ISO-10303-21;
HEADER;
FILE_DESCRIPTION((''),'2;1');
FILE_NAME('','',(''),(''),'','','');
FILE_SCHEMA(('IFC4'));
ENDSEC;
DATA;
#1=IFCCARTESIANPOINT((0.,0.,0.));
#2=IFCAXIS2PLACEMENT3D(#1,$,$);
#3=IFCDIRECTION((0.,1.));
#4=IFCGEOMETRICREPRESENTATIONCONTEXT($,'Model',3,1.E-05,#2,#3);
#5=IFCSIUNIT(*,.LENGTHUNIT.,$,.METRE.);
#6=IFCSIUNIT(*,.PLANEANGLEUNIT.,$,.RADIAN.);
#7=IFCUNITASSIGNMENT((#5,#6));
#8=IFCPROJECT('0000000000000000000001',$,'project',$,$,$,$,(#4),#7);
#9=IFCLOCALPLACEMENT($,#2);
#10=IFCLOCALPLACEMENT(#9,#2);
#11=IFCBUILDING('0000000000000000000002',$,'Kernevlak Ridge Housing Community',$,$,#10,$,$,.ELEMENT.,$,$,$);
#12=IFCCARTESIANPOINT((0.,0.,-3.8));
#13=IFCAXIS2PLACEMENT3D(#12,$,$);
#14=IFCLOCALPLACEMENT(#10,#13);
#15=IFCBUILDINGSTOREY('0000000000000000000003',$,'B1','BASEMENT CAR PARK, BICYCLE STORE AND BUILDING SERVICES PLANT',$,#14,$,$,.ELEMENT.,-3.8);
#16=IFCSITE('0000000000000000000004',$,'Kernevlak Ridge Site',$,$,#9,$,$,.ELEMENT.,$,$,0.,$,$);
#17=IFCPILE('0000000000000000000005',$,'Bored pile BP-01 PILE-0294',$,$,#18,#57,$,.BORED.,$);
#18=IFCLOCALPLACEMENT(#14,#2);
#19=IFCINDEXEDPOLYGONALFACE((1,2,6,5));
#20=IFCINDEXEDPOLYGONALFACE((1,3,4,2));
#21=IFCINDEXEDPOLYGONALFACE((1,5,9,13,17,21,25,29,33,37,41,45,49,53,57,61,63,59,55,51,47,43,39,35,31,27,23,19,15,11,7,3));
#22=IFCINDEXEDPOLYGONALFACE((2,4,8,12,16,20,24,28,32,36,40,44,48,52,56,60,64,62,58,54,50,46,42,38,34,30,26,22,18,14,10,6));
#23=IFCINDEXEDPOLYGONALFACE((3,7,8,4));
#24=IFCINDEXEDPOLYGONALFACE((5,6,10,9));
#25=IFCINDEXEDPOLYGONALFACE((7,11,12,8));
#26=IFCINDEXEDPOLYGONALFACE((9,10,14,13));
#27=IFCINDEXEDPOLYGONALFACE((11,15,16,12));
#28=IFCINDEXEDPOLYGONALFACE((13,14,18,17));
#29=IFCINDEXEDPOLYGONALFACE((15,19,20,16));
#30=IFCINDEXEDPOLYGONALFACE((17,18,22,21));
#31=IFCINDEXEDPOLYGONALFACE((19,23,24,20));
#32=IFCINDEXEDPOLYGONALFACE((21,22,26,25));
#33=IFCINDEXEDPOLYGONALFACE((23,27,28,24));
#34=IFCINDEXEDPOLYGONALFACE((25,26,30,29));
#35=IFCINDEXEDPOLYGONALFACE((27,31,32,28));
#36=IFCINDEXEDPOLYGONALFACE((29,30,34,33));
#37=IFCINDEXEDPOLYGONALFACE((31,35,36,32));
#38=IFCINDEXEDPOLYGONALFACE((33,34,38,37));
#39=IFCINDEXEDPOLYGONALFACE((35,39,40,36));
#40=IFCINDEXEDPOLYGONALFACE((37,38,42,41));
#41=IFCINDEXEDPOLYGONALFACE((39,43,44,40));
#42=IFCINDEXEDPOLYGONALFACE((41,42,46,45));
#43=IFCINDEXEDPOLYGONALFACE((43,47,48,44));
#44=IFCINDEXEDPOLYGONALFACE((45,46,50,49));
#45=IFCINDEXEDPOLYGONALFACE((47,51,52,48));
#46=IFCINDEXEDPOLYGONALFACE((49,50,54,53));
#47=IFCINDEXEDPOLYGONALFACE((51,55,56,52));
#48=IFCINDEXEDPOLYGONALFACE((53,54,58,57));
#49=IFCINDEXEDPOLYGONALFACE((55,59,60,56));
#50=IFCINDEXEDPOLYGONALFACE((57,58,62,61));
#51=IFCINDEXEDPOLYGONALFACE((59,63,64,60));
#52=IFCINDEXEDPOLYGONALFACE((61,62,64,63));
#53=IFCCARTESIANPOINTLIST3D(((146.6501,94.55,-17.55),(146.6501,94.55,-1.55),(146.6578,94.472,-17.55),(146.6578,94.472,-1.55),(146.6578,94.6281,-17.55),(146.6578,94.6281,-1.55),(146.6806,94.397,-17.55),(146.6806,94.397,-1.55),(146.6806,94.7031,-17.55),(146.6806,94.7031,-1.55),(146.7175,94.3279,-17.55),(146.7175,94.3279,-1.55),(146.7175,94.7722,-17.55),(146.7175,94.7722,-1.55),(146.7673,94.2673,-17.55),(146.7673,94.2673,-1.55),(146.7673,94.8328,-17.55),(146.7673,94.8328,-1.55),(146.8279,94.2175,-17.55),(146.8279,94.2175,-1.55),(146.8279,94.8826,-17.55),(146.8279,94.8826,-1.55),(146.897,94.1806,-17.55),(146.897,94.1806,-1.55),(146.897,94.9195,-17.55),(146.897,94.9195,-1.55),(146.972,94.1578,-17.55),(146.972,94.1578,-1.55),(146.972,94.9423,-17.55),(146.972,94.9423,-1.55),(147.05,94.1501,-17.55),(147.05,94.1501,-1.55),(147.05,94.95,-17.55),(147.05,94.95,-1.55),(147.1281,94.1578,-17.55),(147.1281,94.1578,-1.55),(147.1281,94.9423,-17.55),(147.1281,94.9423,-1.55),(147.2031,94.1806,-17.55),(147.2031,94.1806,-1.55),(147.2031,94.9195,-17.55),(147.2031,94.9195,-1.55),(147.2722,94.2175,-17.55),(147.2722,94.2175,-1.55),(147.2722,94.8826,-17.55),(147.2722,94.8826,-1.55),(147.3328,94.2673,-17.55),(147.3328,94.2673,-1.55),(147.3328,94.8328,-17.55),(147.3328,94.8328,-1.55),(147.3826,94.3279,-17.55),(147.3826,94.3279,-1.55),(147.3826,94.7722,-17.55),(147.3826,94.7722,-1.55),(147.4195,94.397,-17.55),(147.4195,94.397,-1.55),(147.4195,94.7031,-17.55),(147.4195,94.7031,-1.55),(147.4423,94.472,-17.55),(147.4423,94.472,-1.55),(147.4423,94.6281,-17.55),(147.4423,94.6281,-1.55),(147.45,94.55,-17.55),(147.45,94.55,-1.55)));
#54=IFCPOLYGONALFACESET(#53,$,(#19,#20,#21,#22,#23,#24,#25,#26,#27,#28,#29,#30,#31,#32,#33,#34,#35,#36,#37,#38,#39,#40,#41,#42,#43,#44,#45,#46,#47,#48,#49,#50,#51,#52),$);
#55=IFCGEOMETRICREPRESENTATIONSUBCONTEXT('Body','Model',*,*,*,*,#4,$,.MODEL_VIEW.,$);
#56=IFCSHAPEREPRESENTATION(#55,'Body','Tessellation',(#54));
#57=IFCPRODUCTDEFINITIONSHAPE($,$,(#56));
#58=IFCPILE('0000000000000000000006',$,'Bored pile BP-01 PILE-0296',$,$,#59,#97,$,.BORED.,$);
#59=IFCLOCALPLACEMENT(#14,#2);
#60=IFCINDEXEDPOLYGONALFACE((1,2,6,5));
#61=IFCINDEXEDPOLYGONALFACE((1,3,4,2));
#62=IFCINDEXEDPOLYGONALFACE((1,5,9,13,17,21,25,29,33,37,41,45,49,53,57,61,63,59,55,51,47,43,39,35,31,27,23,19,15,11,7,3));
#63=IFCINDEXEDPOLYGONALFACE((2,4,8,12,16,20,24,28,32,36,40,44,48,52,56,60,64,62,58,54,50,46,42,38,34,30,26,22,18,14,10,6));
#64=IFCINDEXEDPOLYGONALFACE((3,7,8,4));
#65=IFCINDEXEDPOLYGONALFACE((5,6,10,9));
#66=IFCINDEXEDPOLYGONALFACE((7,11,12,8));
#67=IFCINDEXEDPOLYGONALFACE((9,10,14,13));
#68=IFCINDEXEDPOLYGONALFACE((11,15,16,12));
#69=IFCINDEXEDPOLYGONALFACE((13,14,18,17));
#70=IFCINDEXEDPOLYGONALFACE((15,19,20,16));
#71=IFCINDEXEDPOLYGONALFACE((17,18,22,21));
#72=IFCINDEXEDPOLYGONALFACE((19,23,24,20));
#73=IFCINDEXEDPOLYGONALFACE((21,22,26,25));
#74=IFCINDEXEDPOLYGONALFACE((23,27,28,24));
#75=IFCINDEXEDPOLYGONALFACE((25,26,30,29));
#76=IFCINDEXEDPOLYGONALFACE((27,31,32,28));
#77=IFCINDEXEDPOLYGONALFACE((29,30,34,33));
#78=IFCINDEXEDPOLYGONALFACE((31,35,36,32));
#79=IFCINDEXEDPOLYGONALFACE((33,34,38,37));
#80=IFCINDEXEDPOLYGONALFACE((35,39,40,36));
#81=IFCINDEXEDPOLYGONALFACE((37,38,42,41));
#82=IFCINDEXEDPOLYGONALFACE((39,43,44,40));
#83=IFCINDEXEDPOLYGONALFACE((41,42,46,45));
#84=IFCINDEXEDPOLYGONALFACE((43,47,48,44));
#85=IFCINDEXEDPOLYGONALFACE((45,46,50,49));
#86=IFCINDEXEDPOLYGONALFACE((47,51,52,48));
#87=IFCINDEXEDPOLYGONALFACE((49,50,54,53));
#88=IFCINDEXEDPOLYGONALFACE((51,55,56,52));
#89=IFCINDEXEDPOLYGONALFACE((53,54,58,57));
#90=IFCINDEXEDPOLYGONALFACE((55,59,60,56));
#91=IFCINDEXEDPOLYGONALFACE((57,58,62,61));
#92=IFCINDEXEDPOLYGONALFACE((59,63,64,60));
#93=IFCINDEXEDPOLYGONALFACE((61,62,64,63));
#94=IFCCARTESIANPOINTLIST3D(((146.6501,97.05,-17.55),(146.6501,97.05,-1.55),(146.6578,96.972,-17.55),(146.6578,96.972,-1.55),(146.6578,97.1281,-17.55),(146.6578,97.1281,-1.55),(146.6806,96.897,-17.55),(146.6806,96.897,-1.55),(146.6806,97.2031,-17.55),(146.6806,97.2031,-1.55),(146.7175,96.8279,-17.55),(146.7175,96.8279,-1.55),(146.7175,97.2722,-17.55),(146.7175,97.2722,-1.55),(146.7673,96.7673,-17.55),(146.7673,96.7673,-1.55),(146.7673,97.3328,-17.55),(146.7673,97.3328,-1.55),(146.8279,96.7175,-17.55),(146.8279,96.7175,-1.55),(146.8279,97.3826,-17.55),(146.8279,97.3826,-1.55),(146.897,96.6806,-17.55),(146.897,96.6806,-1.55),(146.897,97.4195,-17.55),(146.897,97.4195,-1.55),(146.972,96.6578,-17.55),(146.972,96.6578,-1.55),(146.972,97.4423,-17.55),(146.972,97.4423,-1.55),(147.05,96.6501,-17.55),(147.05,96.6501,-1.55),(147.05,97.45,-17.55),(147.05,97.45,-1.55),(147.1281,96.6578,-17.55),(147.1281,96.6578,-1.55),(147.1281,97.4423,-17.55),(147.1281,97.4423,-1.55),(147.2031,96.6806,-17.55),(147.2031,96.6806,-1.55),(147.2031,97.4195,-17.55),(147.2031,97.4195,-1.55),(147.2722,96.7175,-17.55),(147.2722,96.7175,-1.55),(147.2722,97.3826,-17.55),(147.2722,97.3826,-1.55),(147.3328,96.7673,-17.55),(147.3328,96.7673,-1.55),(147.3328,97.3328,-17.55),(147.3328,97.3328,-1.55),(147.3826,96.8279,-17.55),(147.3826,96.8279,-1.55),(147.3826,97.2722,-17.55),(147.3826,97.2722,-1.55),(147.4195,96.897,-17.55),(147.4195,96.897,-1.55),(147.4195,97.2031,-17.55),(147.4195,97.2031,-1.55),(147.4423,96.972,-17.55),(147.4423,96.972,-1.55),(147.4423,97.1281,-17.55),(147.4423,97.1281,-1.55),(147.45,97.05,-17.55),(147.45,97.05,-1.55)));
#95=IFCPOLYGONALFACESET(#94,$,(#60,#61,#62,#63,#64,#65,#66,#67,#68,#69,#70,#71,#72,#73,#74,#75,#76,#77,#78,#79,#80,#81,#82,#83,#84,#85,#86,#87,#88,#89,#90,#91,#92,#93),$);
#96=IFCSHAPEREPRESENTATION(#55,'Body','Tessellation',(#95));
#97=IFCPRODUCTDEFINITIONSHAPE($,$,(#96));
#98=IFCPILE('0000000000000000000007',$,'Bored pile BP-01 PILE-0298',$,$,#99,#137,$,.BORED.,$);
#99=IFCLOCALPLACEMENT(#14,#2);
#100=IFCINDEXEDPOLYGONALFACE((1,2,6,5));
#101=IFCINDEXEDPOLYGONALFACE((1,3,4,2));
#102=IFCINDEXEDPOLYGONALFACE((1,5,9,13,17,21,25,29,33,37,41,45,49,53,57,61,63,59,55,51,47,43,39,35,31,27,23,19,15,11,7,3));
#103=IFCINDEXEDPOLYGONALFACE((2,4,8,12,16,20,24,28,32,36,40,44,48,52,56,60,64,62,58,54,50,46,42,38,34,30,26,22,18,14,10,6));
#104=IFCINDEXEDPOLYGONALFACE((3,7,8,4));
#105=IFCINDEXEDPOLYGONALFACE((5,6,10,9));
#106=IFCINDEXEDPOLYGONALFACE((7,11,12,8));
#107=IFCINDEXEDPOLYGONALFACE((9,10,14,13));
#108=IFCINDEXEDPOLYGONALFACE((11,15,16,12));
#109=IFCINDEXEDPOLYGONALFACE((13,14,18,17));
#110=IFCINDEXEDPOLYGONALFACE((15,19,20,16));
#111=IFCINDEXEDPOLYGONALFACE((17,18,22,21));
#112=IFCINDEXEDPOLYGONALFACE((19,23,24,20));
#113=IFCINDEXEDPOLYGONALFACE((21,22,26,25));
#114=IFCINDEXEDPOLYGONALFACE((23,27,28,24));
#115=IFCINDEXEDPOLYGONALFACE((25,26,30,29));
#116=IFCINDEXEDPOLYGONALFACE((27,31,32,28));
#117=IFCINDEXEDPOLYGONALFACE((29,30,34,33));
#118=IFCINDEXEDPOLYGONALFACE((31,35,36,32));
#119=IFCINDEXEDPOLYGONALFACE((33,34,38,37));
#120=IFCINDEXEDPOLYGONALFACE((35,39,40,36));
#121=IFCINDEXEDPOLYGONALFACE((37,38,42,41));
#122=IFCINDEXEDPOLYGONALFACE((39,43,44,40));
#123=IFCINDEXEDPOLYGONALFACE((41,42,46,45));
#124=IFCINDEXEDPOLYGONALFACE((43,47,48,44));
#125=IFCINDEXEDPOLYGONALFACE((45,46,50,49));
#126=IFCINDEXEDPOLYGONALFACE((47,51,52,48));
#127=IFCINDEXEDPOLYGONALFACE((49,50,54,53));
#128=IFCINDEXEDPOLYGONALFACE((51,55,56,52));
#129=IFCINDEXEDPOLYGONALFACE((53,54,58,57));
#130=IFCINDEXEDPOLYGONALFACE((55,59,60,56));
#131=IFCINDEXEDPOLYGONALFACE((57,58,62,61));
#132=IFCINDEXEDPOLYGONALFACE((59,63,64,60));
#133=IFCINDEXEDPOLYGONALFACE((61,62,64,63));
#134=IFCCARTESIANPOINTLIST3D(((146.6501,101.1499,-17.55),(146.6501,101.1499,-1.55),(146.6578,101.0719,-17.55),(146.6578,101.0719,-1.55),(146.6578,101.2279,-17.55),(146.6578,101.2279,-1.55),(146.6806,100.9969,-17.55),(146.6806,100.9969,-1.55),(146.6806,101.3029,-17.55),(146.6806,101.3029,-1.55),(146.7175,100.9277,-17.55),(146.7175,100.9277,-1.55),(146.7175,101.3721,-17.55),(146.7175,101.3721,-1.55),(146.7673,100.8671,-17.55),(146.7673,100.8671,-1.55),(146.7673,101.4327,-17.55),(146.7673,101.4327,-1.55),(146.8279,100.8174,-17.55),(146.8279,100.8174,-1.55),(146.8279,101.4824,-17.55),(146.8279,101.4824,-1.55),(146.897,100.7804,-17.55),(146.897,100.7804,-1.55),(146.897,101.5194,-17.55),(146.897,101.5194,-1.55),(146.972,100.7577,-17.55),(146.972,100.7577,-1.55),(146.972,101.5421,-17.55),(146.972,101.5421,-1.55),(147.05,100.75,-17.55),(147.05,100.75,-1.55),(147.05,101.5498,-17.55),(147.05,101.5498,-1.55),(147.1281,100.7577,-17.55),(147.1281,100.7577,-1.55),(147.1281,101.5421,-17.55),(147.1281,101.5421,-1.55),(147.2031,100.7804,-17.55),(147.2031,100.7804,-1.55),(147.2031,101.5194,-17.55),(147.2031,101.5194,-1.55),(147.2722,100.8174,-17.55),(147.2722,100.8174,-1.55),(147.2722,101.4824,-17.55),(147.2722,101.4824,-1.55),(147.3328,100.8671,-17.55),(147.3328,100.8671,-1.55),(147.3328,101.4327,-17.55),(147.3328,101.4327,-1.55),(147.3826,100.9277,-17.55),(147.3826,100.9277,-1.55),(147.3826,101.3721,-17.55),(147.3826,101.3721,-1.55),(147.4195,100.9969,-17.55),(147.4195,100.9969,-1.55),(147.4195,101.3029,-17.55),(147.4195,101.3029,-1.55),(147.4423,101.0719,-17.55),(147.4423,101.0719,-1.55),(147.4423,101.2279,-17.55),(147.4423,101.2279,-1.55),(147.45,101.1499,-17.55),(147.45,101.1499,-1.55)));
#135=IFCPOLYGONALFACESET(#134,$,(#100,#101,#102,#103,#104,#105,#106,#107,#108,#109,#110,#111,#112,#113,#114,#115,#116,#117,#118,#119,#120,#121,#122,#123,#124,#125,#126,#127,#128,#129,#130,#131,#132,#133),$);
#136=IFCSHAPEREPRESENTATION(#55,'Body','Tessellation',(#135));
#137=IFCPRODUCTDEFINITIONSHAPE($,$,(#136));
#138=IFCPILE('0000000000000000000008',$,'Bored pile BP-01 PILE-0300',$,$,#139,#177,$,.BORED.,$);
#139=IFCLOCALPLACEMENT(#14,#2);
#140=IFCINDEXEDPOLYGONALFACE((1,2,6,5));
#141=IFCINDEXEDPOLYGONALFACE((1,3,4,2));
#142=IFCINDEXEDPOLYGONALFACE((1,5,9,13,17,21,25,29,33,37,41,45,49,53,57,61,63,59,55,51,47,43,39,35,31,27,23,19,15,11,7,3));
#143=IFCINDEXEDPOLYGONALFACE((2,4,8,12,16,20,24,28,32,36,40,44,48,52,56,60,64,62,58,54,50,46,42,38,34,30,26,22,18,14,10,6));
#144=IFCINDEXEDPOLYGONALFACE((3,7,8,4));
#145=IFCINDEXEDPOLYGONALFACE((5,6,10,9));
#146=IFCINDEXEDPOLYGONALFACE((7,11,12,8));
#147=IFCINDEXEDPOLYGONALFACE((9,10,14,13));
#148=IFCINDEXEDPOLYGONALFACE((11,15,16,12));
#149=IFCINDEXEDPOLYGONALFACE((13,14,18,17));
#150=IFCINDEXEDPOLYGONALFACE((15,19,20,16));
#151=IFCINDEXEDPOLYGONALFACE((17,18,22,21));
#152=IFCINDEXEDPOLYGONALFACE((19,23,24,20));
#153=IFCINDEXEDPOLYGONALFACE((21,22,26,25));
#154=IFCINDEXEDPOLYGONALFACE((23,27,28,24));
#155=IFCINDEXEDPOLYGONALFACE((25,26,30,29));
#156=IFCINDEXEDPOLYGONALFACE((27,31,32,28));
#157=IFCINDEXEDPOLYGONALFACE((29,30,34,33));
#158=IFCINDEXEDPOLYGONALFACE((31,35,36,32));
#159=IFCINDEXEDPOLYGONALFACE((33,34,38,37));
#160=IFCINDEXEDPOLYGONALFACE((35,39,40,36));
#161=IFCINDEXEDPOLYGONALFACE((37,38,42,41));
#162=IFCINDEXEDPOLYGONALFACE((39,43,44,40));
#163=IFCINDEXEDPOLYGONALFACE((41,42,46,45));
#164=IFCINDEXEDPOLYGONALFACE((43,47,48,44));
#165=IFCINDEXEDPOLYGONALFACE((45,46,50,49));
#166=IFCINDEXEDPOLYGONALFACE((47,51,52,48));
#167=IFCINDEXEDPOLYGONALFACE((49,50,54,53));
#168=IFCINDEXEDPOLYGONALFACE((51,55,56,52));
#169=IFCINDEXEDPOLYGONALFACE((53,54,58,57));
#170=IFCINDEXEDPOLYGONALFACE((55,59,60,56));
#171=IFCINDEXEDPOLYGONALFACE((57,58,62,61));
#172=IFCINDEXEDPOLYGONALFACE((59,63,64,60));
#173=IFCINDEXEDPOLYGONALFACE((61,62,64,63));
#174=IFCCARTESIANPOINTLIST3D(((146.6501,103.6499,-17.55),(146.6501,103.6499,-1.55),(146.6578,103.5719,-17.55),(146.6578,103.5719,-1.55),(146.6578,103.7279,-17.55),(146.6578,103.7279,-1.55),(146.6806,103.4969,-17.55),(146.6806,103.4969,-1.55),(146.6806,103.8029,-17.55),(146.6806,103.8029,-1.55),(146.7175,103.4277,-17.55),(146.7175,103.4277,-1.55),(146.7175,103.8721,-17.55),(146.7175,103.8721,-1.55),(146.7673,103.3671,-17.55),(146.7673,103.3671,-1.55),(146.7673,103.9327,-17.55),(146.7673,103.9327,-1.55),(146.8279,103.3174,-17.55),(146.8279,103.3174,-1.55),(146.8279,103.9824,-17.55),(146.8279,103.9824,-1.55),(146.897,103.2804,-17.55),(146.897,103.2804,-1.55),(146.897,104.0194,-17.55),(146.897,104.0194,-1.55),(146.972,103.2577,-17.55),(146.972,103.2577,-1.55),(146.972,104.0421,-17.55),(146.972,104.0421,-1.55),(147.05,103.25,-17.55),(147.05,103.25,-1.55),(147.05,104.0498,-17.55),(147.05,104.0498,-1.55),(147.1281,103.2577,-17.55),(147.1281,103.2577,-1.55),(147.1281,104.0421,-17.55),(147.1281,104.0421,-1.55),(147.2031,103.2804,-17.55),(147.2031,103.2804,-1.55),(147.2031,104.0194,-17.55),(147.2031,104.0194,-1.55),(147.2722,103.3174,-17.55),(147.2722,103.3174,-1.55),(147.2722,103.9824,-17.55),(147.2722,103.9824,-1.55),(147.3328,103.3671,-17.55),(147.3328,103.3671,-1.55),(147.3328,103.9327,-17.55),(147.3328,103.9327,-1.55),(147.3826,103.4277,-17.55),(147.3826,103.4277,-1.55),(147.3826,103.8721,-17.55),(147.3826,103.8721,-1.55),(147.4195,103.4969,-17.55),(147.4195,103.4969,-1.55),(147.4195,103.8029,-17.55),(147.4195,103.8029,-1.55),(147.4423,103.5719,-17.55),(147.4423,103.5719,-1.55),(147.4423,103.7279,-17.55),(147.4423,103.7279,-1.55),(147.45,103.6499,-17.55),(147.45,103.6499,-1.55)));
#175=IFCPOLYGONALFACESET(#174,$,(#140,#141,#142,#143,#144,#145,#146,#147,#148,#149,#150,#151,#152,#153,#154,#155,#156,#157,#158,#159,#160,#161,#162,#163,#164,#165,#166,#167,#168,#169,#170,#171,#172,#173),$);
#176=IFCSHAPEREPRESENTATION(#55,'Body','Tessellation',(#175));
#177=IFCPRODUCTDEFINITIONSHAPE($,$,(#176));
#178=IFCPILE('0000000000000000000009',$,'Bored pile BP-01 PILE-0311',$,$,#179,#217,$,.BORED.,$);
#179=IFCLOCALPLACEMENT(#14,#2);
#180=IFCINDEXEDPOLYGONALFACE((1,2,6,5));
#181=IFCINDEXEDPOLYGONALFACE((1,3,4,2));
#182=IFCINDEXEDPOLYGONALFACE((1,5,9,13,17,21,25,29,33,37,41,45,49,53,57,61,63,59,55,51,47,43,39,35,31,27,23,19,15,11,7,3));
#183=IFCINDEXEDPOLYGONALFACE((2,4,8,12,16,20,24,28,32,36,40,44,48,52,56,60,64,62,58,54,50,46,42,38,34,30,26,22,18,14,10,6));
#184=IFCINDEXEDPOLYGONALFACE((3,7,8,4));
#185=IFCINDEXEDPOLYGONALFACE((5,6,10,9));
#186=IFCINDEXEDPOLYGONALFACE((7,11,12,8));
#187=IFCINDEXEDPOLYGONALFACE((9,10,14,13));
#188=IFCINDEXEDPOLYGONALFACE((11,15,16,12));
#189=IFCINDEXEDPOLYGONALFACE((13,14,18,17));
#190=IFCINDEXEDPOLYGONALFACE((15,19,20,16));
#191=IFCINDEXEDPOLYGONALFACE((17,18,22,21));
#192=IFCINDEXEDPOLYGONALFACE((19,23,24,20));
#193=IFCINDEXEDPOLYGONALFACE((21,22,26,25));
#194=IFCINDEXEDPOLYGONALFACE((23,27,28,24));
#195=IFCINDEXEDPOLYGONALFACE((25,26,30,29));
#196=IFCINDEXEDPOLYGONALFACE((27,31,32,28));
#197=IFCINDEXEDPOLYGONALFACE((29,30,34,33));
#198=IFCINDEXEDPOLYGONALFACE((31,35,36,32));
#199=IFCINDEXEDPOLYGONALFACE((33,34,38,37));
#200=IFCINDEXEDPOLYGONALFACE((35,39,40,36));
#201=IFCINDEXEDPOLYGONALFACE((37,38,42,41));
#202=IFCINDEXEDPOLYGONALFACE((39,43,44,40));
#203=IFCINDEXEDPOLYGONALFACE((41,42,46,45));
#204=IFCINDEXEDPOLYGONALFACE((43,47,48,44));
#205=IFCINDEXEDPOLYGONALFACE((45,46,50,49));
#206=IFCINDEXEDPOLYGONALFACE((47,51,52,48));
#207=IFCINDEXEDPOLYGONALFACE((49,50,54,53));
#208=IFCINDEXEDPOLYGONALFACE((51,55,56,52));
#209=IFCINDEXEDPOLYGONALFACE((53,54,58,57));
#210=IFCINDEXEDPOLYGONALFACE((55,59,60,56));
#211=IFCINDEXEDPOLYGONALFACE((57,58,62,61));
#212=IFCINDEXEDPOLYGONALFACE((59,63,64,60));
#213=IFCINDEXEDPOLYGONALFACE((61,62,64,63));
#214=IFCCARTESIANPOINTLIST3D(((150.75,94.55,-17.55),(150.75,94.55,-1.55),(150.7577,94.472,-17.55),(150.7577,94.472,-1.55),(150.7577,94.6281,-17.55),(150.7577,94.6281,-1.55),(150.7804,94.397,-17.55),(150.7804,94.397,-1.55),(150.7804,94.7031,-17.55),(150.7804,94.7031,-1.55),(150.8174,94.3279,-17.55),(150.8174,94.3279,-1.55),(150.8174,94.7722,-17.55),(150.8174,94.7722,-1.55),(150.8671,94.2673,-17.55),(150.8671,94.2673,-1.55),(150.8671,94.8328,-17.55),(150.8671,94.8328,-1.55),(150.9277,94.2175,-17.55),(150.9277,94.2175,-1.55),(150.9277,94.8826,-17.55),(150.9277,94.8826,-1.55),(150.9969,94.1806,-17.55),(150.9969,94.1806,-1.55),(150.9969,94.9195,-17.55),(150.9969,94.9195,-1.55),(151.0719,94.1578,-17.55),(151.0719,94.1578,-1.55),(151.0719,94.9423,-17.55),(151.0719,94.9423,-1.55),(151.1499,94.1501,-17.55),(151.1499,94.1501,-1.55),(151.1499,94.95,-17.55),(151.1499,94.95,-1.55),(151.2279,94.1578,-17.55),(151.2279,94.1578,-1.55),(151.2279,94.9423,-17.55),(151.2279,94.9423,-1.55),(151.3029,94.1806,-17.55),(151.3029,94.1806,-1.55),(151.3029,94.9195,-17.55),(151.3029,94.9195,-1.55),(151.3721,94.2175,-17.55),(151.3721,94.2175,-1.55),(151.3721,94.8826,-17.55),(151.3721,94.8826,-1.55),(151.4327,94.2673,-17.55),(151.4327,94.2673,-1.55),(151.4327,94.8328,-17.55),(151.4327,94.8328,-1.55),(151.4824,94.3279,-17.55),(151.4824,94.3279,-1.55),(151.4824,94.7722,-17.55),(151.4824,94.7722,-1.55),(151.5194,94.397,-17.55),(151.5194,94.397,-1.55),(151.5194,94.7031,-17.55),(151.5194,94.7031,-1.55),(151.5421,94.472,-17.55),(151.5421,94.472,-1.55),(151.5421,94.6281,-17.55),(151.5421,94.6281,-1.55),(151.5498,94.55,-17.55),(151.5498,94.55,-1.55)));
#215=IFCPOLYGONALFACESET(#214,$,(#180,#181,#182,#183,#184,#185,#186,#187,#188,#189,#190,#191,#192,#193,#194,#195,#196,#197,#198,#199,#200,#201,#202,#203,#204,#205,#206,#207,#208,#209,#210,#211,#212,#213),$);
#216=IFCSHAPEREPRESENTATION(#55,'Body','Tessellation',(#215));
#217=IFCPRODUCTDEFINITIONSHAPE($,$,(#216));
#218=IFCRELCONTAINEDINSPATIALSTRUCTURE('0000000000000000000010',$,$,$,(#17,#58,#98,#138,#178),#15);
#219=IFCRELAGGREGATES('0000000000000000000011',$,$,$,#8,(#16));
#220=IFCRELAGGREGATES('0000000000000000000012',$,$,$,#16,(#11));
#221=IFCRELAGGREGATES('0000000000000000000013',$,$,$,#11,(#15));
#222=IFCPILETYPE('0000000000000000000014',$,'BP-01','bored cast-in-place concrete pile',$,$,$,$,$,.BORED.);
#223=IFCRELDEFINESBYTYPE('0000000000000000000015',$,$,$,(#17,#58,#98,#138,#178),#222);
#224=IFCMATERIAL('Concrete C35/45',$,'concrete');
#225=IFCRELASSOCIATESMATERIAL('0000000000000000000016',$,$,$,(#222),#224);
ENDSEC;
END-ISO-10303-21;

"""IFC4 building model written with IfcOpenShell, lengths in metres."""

from ifc_helpers import new_model, si_unit, direction, frame, origin, origin_2d, place, context, subcontext, project, spatial, circle, extrude, material, material_profile, profile_set, type_object, element, save


model = new_model("IFC4")

# Units and contexts
model_context = context("Model", 3, precision=1e-05, world=origin(), true_north=direction((0.0, 1.0)))
body_context = subcontext(model_context, "Body", "Model", "MODEL_VIEW")
ifc_project = project(units=[si_unit("LENGTHUNIT", "METRE"), si_unit("PLANEANGLEUNIT", "RADIAN")], contexts=[model_context])

# Site, building, storey
site_placement = place(None, origin())
site = spatial("IfcSite", under=ifc_project, at=site_placement, Name="Kernevlak Ridge Site", CompositionType="ELEMENT", RefElevation=0.0)
building_placement = place(site_placement, origin())
building = spatial("IfcBuilding", under=site, at=building_placement, Name="Kernevlak Ridge Housing Community", CompositionType="ELEMENT")
storey_placement = place(building_placement, frame((0.0, 0.0, -3.8)))
storey = spatial("IfcBuildingStorey", under=building, at=storey_placement, Name="B1", Description="BASEMENT CAR PARK, BICYCLE STORE AND BUILDING SERVICES PLANT", CompositionType="ELEMENT", Elevation=-3.8)

# Piles
ifc_material_1 = material(Name="Concrete C35/45", Category="concrete")
ifc_material_profile_1 = material_profile(ifc_material_1, circle(Radius=0.3999, at=origin_2d()), Name="BORED PILE 800")
ifc_profile_set_1 = profile_set([ifc_material_profile_1], Name="Concrete C35/45")
pile_type_1 = type_object("IfcPileType", Name="BP-01", Description="bored cast-in-place concrete pile", PredefinedType="BORED", material=ifc_profile_set_1)
for number, where, z_axis, x_axis, name in (
    (1, (147.05, 94.55, -1.55), (0.0, 0.0, -1.0), (1.0, 0.0, 0.0), "Bored pile BP-01 PILE-0294"),
    (2, (147.05, 97.05, -1.55), (0.0, 0.0, -1.0), (1.0, 0.0, 0.0), "Bored pile BP-01 PILE-0296"),
    (3, (147.05, 101.1499, -1.55), (0.0, 0.0, -1.0), (1.0, 0.0, 0.0), "Bored pile BP-01 PILE-0298"),
    (4, (147.05, 103.6499, -1.55), (0.0, 0.0, -1.0), (1.0, 0.0, 0.0), "Bored pile BP-01 PILE-0300"),
    (5, (151.1499, 94.55, -1.55), (0.0, 0.0, -1.0), (1.0, 0.0, 0.0), "Bored pile BP-01 PILE-0311"),
):
    element("IfcPile", number, at=place(storey_placement, frame(where, z_axis=z_axis, x_axis=x_axis)), inside=storey, type_object=pile_type_1, Name=name, PredefinedType="BORED", context=body_context, shape_type="SweptSolid", body=[
        extrude(circle(Radius=0.3999, at=origin_2d()), origin(), (0.0, 0.0, 1.0), 16.0),
    ])

save(model, "model.ifc")
